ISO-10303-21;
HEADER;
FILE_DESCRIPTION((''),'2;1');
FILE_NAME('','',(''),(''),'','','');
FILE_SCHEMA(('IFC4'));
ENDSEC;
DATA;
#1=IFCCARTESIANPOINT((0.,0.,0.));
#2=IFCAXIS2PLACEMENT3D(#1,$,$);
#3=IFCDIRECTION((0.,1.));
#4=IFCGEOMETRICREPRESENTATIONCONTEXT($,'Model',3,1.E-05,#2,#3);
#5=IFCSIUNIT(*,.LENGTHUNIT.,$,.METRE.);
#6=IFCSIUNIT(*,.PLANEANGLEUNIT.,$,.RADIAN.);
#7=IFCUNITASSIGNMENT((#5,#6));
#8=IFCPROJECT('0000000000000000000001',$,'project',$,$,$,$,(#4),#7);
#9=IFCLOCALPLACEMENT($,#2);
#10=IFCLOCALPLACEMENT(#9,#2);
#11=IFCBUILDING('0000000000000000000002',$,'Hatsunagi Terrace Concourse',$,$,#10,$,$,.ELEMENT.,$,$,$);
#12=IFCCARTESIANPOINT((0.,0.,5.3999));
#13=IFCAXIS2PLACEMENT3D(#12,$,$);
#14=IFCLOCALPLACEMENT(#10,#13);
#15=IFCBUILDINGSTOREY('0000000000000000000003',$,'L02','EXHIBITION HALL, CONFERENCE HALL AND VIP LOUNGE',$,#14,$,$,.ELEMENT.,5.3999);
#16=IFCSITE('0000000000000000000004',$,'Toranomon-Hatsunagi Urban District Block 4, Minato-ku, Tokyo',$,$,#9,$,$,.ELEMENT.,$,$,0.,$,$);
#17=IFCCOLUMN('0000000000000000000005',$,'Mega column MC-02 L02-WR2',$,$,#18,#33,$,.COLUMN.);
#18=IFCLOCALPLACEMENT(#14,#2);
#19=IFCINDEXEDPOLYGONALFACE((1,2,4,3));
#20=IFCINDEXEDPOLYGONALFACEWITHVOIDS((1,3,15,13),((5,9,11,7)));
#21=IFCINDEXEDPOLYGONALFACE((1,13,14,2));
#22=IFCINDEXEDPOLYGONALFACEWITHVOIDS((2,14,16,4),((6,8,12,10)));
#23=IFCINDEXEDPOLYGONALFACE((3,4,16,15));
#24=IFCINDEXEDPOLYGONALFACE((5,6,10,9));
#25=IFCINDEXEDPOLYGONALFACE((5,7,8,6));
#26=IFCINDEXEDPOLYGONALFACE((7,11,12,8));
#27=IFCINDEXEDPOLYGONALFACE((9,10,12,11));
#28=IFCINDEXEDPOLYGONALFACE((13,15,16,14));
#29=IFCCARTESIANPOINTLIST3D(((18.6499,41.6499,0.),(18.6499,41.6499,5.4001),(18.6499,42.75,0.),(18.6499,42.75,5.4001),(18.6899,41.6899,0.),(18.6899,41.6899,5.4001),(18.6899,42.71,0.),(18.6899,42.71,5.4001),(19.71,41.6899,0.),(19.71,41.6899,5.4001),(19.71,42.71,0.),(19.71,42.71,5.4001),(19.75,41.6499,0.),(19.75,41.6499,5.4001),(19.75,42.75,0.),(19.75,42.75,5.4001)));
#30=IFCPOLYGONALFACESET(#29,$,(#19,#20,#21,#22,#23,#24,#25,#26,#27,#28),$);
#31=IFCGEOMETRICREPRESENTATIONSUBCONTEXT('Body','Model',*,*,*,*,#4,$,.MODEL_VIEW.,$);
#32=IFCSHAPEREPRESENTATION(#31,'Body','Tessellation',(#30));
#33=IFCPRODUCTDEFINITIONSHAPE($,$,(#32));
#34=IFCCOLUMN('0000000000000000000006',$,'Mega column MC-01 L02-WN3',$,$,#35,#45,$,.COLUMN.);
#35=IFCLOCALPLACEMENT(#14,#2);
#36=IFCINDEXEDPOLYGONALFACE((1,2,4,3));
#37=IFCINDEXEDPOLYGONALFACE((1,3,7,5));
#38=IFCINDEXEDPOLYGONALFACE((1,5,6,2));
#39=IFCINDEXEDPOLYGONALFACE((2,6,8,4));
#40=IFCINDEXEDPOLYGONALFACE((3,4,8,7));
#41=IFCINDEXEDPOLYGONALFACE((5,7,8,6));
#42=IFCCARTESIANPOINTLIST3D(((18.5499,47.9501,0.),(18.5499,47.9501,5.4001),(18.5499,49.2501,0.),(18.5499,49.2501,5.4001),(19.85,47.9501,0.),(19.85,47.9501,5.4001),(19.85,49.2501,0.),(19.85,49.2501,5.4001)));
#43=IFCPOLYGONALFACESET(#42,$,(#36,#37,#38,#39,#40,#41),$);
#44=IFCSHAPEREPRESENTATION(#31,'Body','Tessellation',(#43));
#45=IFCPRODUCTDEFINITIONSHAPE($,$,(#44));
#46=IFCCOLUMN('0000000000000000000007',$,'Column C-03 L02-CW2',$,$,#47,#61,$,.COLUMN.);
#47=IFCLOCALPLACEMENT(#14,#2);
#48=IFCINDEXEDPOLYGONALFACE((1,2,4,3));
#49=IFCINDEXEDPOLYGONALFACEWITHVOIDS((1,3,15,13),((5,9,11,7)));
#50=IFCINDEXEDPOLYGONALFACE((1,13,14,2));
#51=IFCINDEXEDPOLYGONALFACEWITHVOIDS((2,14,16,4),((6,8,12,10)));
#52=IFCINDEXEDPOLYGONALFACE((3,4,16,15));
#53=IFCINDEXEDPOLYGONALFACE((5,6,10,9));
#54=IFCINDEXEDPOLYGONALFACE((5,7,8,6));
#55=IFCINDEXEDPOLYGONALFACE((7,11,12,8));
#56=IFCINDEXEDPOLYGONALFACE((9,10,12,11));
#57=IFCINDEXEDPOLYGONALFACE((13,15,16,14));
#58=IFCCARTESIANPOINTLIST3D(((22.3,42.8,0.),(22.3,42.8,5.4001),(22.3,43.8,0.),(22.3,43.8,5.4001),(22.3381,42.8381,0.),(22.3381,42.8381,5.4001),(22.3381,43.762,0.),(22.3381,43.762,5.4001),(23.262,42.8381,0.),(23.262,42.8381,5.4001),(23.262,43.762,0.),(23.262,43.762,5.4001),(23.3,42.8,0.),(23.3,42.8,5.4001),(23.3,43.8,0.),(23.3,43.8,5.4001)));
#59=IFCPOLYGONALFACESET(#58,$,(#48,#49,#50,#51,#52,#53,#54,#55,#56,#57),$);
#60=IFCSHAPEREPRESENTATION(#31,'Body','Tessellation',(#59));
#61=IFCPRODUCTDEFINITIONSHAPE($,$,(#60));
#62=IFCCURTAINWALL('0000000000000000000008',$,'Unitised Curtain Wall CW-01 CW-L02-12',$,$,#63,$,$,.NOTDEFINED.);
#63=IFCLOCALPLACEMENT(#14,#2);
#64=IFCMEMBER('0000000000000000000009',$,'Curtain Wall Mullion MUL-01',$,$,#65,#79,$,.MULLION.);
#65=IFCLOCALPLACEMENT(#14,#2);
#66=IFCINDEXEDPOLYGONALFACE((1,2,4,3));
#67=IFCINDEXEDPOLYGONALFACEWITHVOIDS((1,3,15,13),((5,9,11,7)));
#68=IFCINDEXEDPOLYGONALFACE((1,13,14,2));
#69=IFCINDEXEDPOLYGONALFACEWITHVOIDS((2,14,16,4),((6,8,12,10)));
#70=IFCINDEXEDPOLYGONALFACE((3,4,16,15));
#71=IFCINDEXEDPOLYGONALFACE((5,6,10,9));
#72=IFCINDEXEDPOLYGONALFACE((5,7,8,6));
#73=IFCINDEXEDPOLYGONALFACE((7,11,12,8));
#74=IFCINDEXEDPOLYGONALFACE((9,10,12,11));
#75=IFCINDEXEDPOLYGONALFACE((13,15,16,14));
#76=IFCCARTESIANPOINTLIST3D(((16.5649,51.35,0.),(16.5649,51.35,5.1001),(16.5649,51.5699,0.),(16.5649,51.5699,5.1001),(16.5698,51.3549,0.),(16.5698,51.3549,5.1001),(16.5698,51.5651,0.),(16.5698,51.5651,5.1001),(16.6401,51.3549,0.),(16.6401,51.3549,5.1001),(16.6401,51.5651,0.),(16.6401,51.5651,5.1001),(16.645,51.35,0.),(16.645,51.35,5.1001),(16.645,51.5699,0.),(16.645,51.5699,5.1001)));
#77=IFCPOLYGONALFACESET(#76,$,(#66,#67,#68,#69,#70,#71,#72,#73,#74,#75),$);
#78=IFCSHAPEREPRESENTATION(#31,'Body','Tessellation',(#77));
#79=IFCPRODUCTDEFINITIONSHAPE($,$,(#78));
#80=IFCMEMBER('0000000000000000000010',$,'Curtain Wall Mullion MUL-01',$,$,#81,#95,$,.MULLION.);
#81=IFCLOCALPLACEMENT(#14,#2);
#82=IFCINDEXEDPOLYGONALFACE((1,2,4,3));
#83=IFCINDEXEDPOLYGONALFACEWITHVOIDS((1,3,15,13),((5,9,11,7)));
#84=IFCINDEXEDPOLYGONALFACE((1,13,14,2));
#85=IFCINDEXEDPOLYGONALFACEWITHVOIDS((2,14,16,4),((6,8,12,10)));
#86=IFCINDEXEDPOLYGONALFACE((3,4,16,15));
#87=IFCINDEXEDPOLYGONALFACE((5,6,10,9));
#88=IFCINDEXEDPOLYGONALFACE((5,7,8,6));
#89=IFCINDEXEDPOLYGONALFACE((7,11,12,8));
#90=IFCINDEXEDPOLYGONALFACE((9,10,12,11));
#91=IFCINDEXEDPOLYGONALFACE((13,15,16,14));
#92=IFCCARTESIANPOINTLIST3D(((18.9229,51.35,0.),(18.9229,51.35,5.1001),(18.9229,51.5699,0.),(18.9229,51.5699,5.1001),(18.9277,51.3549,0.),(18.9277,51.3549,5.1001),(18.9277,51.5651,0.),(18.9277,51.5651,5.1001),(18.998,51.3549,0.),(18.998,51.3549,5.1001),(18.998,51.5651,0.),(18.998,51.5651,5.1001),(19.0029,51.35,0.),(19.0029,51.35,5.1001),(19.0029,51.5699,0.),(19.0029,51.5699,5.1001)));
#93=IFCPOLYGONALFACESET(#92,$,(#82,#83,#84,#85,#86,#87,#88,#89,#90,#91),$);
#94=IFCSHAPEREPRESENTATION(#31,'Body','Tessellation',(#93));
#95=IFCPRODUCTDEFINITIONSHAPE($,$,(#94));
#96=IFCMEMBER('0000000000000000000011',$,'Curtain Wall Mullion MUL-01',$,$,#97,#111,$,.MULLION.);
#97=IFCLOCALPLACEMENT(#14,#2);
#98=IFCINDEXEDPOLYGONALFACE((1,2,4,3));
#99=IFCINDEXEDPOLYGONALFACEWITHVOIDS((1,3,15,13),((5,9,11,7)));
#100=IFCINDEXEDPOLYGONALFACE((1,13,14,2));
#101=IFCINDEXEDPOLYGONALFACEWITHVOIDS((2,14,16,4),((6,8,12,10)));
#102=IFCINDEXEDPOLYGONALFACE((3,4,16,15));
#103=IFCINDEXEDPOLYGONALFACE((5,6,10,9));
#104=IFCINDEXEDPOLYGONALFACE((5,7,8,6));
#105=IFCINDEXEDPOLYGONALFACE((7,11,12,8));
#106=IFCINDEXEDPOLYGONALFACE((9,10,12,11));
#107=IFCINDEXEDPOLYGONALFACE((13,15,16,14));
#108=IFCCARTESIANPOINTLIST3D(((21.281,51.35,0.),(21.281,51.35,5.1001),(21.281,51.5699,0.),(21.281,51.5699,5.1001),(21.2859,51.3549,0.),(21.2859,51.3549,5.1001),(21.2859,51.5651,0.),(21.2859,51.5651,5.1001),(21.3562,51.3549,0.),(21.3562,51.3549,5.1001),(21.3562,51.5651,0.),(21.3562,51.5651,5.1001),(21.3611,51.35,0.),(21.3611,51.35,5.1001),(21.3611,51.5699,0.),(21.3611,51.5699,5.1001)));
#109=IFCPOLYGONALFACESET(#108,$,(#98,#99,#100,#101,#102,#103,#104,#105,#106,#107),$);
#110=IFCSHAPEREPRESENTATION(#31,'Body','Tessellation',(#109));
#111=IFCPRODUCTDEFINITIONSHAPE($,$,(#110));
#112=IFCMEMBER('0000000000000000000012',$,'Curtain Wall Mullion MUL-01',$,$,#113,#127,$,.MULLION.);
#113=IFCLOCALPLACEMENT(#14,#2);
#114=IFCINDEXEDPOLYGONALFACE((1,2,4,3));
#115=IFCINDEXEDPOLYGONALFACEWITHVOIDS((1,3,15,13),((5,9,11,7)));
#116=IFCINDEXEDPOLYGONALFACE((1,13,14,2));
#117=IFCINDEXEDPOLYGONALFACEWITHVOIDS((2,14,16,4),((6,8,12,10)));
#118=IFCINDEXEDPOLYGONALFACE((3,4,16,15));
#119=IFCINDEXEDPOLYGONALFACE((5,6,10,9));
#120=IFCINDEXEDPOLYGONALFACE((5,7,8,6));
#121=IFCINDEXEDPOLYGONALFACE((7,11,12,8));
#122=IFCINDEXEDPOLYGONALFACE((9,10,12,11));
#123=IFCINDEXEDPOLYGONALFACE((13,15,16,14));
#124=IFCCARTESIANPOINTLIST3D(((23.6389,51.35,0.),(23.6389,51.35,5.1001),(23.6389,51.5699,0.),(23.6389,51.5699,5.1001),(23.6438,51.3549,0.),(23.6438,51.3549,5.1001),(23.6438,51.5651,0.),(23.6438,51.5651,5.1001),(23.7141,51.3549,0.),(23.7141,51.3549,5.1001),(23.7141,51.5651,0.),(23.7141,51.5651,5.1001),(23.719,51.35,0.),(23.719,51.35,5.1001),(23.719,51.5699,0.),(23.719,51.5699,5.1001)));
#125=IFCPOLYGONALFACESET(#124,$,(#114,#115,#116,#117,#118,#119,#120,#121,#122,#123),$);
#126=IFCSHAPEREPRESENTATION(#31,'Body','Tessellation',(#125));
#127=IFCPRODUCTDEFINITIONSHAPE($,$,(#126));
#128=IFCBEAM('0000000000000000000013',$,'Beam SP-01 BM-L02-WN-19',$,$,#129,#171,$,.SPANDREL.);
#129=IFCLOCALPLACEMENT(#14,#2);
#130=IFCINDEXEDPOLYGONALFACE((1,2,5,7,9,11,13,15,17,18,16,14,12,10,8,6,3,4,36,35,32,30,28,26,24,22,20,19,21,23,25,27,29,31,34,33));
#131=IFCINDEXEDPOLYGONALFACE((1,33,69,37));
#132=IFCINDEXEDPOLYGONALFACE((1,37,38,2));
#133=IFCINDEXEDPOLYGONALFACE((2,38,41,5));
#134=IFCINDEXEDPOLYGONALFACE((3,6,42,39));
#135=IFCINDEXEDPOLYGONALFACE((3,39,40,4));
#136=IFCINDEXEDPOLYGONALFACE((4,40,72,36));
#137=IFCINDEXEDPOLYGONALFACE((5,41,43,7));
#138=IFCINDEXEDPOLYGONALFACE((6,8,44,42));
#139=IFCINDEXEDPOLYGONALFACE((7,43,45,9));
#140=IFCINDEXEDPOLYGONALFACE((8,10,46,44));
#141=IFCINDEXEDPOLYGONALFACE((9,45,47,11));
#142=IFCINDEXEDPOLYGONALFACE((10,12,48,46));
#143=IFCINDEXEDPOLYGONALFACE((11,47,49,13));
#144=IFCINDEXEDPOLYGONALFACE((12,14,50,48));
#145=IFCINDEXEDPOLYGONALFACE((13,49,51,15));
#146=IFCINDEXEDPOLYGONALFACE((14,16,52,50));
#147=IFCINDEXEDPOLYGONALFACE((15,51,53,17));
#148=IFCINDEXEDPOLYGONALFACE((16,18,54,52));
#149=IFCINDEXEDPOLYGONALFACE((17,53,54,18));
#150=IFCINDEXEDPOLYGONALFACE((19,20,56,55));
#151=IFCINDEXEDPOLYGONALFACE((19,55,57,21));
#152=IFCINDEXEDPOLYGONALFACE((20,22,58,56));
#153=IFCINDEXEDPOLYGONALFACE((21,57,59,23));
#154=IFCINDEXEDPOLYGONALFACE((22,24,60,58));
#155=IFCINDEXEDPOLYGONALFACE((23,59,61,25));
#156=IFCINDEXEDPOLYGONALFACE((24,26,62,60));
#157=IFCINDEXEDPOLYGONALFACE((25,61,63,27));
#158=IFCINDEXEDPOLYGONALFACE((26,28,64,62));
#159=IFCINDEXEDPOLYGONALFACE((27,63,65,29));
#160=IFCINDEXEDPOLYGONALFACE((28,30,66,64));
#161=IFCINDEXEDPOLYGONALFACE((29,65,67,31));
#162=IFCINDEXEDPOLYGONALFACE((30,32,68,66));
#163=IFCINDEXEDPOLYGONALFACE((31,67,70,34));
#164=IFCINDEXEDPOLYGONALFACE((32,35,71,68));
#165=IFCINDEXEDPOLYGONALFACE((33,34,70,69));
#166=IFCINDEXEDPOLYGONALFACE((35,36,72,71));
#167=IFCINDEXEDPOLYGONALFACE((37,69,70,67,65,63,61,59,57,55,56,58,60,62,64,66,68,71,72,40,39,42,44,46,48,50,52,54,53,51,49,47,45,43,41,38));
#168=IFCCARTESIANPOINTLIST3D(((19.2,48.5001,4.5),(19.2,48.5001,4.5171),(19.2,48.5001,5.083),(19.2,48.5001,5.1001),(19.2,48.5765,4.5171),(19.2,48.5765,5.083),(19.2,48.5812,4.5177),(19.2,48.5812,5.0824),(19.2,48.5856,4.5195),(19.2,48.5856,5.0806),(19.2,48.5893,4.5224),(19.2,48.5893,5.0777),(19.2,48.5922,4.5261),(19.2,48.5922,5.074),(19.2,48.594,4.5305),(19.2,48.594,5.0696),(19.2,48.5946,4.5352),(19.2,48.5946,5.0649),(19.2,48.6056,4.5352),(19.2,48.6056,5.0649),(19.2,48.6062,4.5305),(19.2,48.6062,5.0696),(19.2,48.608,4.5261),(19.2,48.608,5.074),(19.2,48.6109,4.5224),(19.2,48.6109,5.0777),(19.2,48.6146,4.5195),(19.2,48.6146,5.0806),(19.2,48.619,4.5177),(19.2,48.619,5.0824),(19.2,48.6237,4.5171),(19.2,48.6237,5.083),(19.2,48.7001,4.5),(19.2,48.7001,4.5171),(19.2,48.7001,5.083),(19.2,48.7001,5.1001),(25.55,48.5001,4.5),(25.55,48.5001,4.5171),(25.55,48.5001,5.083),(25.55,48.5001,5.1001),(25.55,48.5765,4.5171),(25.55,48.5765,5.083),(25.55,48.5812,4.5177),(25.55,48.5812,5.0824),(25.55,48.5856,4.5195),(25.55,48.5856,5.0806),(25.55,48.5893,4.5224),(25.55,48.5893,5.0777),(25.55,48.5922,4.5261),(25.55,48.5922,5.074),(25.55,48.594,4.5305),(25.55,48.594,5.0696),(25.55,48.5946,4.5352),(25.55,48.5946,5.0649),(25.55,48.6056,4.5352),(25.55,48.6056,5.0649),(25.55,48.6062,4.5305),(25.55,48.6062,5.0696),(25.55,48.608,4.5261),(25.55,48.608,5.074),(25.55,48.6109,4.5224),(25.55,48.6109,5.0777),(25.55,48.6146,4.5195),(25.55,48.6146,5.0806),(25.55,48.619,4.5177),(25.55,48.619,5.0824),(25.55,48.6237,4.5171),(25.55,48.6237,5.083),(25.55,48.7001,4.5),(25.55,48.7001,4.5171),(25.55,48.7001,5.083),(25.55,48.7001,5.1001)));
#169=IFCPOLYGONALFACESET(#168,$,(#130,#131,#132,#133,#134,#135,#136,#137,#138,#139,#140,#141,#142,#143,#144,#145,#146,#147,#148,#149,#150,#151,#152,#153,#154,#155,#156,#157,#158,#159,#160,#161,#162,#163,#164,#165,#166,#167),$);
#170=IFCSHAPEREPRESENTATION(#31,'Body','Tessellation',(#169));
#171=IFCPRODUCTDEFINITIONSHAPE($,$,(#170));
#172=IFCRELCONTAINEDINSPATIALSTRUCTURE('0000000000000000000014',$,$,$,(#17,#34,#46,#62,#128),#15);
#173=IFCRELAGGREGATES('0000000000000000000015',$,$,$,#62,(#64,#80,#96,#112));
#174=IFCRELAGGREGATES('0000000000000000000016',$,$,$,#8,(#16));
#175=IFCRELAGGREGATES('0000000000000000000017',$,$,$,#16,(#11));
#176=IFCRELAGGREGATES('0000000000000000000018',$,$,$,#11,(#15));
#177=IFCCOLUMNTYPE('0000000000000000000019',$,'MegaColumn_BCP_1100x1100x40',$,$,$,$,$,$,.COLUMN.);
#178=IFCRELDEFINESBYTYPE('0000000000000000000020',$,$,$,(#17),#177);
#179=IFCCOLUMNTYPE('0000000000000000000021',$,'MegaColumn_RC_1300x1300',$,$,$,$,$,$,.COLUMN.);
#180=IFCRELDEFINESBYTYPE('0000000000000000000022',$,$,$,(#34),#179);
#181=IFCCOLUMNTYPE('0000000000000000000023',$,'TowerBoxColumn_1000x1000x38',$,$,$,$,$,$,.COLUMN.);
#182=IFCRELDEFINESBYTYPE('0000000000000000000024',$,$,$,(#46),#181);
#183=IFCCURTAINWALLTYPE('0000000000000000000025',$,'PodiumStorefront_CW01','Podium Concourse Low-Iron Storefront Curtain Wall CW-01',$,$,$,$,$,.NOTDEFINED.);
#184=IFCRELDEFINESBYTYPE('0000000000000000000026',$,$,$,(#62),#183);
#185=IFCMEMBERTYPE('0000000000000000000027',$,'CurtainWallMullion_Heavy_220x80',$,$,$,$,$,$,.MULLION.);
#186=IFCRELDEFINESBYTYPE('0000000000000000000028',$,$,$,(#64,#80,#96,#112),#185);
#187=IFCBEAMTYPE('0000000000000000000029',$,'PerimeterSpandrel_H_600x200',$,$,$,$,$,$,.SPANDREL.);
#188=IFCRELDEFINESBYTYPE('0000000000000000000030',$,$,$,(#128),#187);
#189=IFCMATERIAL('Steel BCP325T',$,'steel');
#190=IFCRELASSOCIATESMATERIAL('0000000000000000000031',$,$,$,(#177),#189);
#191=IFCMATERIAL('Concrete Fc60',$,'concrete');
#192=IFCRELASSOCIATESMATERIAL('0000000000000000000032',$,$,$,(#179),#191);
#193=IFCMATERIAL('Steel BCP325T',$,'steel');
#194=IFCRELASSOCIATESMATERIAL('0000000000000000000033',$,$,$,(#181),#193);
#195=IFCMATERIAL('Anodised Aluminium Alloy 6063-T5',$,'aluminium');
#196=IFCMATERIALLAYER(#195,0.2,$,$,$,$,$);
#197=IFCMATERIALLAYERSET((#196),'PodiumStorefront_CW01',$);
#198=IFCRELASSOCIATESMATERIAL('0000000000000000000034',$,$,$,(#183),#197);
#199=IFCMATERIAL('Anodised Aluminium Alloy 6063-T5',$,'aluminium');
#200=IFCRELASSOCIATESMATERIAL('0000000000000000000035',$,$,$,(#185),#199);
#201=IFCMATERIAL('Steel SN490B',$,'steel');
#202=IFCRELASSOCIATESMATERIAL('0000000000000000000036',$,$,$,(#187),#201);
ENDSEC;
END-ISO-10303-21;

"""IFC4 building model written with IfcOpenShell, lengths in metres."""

from ifc_helpers import new_model, si_unit, direction, frame, origin, origin_2d, place, context, subcontext, project, spatial, rectangle, hollow_rectangle, i_section, extrude, material, layer, layer_set, material_profile, profile_set, type_object, element, aggregate, save


model = new_model("IFC4")

# Units and contexts
model_context = context("Model", 3, precision=1e-05, world=origin(), true_north=direction((0.0, 1.0)))
body_context = subcontext(model_context, "Body", "Model", "MODEL_VIEW")
ifc_project = project(units=[si_unit("LENGTHUNIT", "METRE"), si_unit("PLANEANGLEUNIT", "RADIAN")], contexts=[model_context])

# Site, building, storey
site_placement = place(None, origin())
site = spatial("IfcSite", under=ifc_project, at=site_placement, Name="Toranomon-Hatsunagi Urban District Block 4, Minato-ku, Tokyo", CompositionType="ELEMENT", RefElevation=0.0)
building_placement = place(site_placement, origin())
building = spatial("IfcBuilding", under=site, at=building_placement, Name="Hatsunagi Terrace Concourse", CompositionType="ELEMENT")
storey_placement = place(building_placement, frame((0.0, 0.0, 5.3999)))
storey = spatial("IfcBuildingStorey", under=building, at=storey_placement, Name="L02", Description="EXHIBITION HALL, CONFERENCE HALL AND VIP LOUNGE", CompositionType="ELEMENT", Elevation=5.3999)

# Columns
ifc_material_1 = material(Name="Steel BCP325T", Category="steel")
ifc_material_profile_1 = material_profile(ifc_material_1, hollow_rectangle(XDim=1.1001, YDim=1.1001, WallThickness=0.04, at=origin_2d()), Name="BCP-1100x1100x40")
ifc_profile_set_1 = profile_set([ifc_material_profile_1], Name="Steel BCP325T")
column_type_1 = type_object("IfcColumnType", Name="MegaColumn_BCP_1100x1100x40", PredefinedType="COLUMN", material=ifc_profile_set_1)
column_1_placement = place(storey_placement, frame((19.2, 42.2, 0.0), z_axis=(0.0, 0.0, 1.0), x_axis=(1.0, 0.0, 0.0)))
element("IfcColumn", 1, at=column_1_placement, inside=storey, type_object=column_type_1, Name="Mega column MC-02 L02-WR2", PredefinedType="COLUMN", context=body_context, shape_type="SweptSolid", body=[
    extrude(hollow_rectangle(XDim=1.1001, YDim=1.1001, WallThickness=0.04, at=origin_2d()), origin(), (0.0, 0.0, 1.0), 5.4001),
])
ifc_material_2 = material(Name="Concrete Fc60", Category="concrete")
ifc_material_profile_2 = material_profile(ifc_material_2, rectangle(XDim=1.3, YDim=1.3, at=origin_2d()), Name="RC-1300x1300")
ifc_profile_set_2 = profile_set([ifc_material_profile_2], Name="Concrete Fc60")
column_type_2 = type_object("IfcColumnType", Name="MegaColumn_RC_1300x1300", PredefinedType="COLUMN", material=ifc_profile_set_2)
column_2_placement = place(storey_placement, frame((19.2, 48.6001, 0.0), z_axis=(0.0, 0.0, 1.0), x_axis=(1.0, 0.0, 0.0)))
element("IfcColumn", 2, at=column_2_placement, inside=storey, type_object=column_type_2, Name="Mega column MC-01 L02-WN3", PredefinedType="COLUMN", context=body_context, shape_type="SweptSolid", body=[
    extrude(rectangle(XDim=1.3, YDim=1.3, at=origin_2d()), origin(), (0.0, 0.0, 1.0), 5.4001),
])
ifc_material_3 = material(Name="Steel BCP325T", Category="steel")
ifc_material_profile_3 = material_profile(ifc_material_3, hollow_rectangle(XDim=1.0, YDim=1.0, WallThickness=0.0381, at=origin_2d()), Name="BCP-1000x1000x38")
ifc_profile_set_3 = profile_set([ifc_material_profile_3], Name="Steel BCP325T")
column_type_3 = type_object("IfcColumnType", Name="TowerBoxColumn_1000x1000x38", PredefinedType="COLUMN", material=ifc_profile_set_3)
column_3_placement = place(storey_placement, frame((22.8, 43.3, 0.0), z_axis=(0.0, 0.0, 1.0), x_axis=(1.0, 0.0, 0.0)))
element("IfcColumn", 3, at=column_3_placement, inside=storey, type_object=column_type_3, Name="Column C-03 L02-CW2", PredefinedType="COLUMN", context=body_context, shape_type="SweptSolid", body=[
    extrude(hollow_rectangle(XDim=1.0, YDim=1.0, WallThickness=0.0381, at=origin_2d()), origin(), (0.0, 0.0, 1.0), 5.4001),
])

# Curtain wall, members
ifc_material_4 = material(Name="Anodised Aluminium Alloy 6063-T5", Category="aluminium")
ifc_layer_1 = layer(ifc_material_4, 0.2)
ifc_layer_set_1 = layer_set([ifc_layer_1], Name="PodiumStorefront_CW01")
curtain_wall_type = type_object("IfcCurtainWallType", Name="PodiumStorefront_CW01", Description="Podium Concourse Low-Iron Storefront Curtain Wall CW-01", PredefinedType="NOTDEFINED", material=ifc_layer_set_1)
curtain_wall_placement = place(storey_placement, origin())
curtain_wall = element("IfcCurtainWall", 4, at=curtain_wall_placement, inside=storey, type_object=curtain_wall_type, Name="Unitised Curtain Wall CW-01 CW-L02-12", PredefinedType="NOTDEFINED")
ifc_material_5 = material(Name="Anodised Aluminium Alloy 6063-T5", Category="aluminium")
ifc_material_profile_4 = material_profile(ifc_material_5, hollow_rectangle(XDim=0.0801, YDim=0.22, WallThickness=0.0049, at=origin_2d()), Name="ALU-MUL-220x80x5")
ifc_profile_set_4 = profile_set([ifc_material_profile_4], Name="Anodised Aluminium Alloy 6063-T5")
member_type = type_object("IfcMemberType", Name="CurtainWallMullion_Heavy_220x80", PredefinedType="MULLION", material=ifc_profile_set_4)
member_1_placement = place(storey_placement, frame((16.605, 51.46, 0.0), z_axis=(0.0, 0.0, 1.0), x_axis=(1.0, 0.0, 0.0)))
member_1 = element("IfcMember", 5, at=member_1_placement, type_object=member_type, Name="Curtain Wall Mullion MUL-01", PredefinedType="MULLION", context=body_context, shape_type="SweptSolid", body=[
    extrude(hollow_rectangle(XDim=0.0801, YDim=0.22, WallThickness=0.0049, at=origin_2d()), origin(), (0.0, 0.0, 1.0), 5.1001),
])
member_2_placement = place(storey_placement, frame((18.9629, 51.46, 0.0), z_axis=(0.0, 0.0, 1.0), x_axis=(1.0, 0.0, 0.0)))
member_2 = element("IfcMember", 6, at=member_2_placement, type_object=member_type, Name="Curtain Wall Mullion MUL-01", PredefinedType="MULLION", context=body_context, shape_type="SweptSolid", body=[
    extrude(hollow_rectangle(XDim=0.0801, YDim=0.22, WallThickness=0.0049, at=origin_2d()), origin(), (0.0, 0.0, 1.0), 5.1001),
])
member_3_placement = place(storey_placement, frame((21.321, 51.46, 0.0), z_axis=(0.0, 0.0, 1.0), x_axis=(1.0, 0.0, 0.0)))
member_3 = element("IfcMember", 7, at=member_3_placement, type_object=member_type, Name="Curtain Wall Mullion MUL-01", PredefinedType="MULLION", context=body_context, shape_type="SweptSolid", body=[
    extrude(hollow_rectangle(XDim=0.0801, YDim=0.22, WallThickness=0.0049, at=origin_2d()), origin(), (0.0, 0.0, 1.0), 5.1001),
])
member_4_placement = place(storey_placement, frame((23.679, 51.46, 0.0), z_axis=(0.0, 0.0, 1.0), x_axis=(1.0, 0.0, 0.0)))
member_4 = element("IfcMember", 8, at=member_4_placement, type_object=member_type, Name="Curtain Wall Mullion MUL-01", PredefinedType="MULLION", context=body_context, shape_type="SweptSolid", body=[
    extrude(hollow_rectangle(XDim=0.0801, YDim=0.22, WallThickness=0.0049, at=origin_2d()), origin(), (0.0, 0.0, 1.0), 5.1001),
])

# Beam
ifc_material_6 = material(Name="Steel SN490B", Category="steel")
ifc_material_profile_5 = material_profile(ifc_material_6, i_section(OverallWidth=0.2, OverallDepth=0.6001, WebThickness=0.011, FlangeThickness=0.0171, FilletRadius=0.0181, at=origin_2d()), Name="H-600x200x11x17")
ifc_profile_set_5 = profile_set([ifc_material_profile_5], Name="Steel SN490B")
beam_type_1 = type_object("IfcBeamType", Name="PerimeterSpandrel_H_600x200", PredefinedType="SPANDREL", material=ifc_profile_set_5)
beam_1_placement = place(storey_placement, frame((19.2, 48.6001, 4.8), z_axis=(1.0, 0.0, 0.0), x_axis=(0.0, 1.0, 0.0)))
element("IfcBeam", 9, at=beam_1_placement, inside=storey, type_object=beam_type_1, Name="Beam SP-01 BM-L02-WN-19", PredefinedType="SPANDREL", context=body_context, shape_type="SweptSolid", body=[
    extrude(i_section(OverallWidth=0.2, OverallDepth=0.6001, WebThickness=0.011, FlangeThickness=0.0171, FilletRadius=0.0181, at=origin_2d()), origin(), (0.0, 0.0, 1.0), 6.3501),
])

aggregate(curtain_wall, [member_1, member_2, member_3, member_4])

save(model, "model.ifc")
